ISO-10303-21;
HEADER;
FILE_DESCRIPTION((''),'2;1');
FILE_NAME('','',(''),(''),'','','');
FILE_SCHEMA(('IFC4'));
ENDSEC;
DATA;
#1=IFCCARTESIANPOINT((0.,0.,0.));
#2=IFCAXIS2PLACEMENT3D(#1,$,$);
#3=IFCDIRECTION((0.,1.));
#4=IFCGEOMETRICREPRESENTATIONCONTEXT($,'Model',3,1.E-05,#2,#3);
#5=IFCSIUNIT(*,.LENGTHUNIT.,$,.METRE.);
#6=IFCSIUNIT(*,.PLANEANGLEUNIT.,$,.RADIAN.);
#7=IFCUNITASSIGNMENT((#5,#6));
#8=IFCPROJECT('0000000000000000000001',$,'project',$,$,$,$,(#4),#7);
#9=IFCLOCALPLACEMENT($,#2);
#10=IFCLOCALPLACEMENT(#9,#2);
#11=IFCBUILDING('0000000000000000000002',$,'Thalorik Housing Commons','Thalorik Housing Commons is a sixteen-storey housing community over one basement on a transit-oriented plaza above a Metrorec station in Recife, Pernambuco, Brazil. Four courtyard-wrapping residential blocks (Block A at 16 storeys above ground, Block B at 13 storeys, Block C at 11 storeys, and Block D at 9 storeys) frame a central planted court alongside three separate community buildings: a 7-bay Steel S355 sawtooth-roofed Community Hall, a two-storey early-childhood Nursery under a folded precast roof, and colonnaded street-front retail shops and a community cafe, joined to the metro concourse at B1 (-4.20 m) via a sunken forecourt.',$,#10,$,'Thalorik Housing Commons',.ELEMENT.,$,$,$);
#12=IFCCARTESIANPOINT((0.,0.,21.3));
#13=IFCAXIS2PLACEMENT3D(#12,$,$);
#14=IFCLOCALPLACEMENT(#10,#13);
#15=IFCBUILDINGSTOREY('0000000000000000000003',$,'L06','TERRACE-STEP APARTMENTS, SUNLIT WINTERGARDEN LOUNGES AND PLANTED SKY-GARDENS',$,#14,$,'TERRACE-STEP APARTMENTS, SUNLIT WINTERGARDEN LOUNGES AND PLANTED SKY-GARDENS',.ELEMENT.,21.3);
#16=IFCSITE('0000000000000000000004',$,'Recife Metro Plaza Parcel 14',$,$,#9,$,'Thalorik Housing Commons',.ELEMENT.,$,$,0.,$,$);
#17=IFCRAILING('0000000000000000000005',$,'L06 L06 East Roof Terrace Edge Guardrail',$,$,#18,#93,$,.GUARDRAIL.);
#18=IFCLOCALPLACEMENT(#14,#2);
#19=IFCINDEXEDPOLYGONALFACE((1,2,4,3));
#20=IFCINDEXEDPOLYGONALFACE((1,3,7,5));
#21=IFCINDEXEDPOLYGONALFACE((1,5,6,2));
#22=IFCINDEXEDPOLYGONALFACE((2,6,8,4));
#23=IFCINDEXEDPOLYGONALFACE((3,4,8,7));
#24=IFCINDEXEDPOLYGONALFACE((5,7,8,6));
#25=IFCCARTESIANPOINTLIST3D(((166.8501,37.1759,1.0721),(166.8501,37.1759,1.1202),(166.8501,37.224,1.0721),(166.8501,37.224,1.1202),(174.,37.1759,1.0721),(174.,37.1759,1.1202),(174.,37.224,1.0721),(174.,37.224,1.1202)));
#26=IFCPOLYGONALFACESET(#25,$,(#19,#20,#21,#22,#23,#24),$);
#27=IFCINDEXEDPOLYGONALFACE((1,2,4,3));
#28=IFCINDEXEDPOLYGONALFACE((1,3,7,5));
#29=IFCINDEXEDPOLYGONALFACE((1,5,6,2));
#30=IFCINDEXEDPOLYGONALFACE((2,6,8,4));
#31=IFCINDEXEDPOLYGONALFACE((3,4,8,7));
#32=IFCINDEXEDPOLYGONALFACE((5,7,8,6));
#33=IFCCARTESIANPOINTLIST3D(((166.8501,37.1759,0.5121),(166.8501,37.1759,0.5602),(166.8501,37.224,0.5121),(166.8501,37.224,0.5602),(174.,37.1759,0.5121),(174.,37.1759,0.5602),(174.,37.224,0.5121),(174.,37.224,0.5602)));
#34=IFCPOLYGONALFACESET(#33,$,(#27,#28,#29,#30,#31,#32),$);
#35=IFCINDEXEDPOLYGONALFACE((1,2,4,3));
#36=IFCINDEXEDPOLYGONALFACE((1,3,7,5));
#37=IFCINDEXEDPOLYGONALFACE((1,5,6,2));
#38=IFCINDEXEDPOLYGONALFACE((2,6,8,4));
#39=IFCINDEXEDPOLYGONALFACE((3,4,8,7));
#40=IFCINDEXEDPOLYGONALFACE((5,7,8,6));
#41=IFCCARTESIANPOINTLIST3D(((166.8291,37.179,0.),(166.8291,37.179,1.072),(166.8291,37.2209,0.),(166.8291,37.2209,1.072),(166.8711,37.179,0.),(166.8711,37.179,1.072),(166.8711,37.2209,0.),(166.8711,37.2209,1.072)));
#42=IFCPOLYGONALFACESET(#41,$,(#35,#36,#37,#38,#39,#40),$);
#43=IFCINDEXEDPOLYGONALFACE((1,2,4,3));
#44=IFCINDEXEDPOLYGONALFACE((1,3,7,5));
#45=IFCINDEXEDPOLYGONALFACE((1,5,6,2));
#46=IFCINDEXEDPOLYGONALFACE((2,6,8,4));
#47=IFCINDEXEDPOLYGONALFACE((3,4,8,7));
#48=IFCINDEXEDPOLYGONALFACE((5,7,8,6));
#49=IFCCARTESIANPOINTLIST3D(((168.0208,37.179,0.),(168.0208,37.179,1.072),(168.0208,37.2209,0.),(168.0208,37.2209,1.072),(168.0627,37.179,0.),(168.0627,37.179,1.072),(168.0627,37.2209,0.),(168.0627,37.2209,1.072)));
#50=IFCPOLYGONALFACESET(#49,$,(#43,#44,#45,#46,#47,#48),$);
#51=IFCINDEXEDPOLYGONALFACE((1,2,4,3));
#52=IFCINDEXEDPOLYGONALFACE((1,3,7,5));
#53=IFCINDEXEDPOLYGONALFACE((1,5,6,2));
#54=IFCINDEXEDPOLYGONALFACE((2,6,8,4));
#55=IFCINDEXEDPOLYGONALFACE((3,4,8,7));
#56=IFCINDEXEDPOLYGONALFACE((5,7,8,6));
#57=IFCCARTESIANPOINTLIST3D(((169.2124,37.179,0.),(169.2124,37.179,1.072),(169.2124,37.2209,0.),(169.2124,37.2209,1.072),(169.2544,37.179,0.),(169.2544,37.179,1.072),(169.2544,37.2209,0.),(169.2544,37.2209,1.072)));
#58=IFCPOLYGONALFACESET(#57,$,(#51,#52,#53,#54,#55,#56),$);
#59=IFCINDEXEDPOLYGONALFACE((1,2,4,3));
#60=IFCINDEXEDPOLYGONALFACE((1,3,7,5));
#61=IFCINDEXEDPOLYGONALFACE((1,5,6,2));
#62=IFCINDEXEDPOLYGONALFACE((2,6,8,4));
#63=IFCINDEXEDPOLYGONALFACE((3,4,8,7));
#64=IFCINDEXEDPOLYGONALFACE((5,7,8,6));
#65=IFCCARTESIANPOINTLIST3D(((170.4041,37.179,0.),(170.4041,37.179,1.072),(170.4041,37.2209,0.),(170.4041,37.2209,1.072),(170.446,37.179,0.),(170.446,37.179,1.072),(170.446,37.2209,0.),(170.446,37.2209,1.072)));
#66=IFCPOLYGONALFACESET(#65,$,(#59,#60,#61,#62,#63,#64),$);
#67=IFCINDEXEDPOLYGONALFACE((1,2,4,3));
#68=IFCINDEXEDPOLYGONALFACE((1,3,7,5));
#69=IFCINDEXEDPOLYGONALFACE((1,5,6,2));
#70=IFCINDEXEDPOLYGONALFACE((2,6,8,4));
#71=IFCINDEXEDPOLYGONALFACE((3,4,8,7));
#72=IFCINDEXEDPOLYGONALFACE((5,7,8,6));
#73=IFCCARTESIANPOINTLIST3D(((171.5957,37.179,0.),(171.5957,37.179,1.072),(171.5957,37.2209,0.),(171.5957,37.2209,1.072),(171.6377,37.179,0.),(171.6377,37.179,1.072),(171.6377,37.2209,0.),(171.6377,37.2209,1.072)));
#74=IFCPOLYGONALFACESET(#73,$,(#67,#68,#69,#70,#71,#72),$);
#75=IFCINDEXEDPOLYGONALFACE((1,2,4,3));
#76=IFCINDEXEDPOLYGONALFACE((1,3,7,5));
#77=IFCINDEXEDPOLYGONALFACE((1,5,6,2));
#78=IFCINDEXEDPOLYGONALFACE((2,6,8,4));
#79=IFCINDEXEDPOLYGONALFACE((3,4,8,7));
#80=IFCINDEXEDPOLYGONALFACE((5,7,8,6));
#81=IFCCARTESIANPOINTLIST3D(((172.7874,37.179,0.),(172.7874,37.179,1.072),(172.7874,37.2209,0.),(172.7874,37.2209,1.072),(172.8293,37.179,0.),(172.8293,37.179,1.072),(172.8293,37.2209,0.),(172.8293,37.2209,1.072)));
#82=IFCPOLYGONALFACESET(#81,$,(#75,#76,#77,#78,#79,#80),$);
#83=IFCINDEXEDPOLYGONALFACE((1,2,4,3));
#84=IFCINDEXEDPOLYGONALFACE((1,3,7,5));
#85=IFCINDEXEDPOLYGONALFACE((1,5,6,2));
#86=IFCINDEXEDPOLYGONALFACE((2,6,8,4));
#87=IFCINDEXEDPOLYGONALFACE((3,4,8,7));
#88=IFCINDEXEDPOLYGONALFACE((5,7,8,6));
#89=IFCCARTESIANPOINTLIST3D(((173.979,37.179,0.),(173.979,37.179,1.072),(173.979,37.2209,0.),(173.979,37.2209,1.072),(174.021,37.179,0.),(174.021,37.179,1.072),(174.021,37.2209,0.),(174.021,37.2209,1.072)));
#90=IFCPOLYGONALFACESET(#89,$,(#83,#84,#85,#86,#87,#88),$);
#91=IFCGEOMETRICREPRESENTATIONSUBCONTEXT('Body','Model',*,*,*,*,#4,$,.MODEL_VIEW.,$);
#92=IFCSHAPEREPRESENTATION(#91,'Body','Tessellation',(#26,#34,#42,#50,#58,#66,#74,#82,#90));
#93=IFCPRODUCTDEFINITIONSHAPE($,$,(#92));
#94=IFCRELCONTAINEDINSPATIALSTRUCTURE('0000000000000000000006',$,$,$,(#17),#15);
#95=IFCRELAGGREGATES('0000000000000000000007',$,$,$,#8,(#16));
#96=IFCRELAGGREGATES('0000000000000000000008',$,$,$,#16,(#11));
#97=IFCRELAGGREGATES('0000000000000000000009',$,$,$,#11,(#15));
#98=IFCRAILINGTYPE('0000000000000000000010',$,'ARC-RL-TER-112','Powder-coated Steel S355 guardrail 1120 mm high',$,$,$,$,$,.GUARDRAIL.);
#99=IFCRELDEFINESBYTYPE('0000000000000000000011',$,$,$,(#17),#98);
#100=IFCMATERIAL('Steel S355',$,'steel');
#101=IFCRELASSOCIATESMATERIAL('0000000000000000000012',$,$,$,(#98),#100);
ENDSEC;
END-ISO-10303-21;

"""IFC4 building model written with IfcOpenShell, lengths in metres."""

from ifc_helpers import new_model, si_unit, direction, frame, origin, origin_2d, place, context, subcontext, project, spatial, rectangle, extrude, material, type_object, element, save


model = new_model("IFC4")

# Units and contexts
model_context = context("Model", 3, precision=1e-05, world=origin(), true_north=direction((0.0, 1.0)))
body_context = subcontext(model_context, "Body", "Model", "MODEL_VIEW")
ifc_project = project(units=[si_unit("LENGTHUNIT", "METRE"), si_unit("PLANEANGLEUNIT", "RADIAN")], contexts=[model_context])

# Site, building, storey
site_placement = place(None, origin())
site = spatial("IfcSite", under=ifc_project, at=site_placement, Name="Recife Metro Plaza Parcel 14", LongName="Thalorik Housing Commons", CompositionType="ELEMENT", RefElevation=0.0)
building_placement = place(site_placement, origin())
building = spatial("IfcBuilding", under=site, at=building_placement, Name="Thalorik Housing Commons", Description="Thalorik Housing Commons is a sixteen-storey housing community over one basement on a transit-oriented plaza above a Metrorec station in Recife, Pernambuco, Brazil. Four courtyard-wrapping residential blocks (Block A at 16 storeys above ground, Block B at 13 storeys, Block C at 11 storeys, and Block D at 9 storeys) frame a central planted court alongside three separate community buildings: a 7-bay Steel S355 sawtooth-roofed Community Hall, a two-storey early-childhood Nursery under a folded precast roof, and colonnaded street-front retail shops and a community cafe, joined to the metro concourse at B1 (-4.20 m) via a sunken forecourt.", LongName="Thalorik Housing Commons", CompositionType="ELEMENT")
storey_placement = place(building_placement, frame((0.0, 0.0, 21.3)))
storey = spatial("IfcBuildingStorey", under=building, at=storey_placement, Name="L06", Description="TERRACE-STEP APARTMENTS, SUNLIT WINTERGARDEN LOUNGES AND PLANTED SKY-GARDENS", LongName="TERRACE-STEP APARTMENTS, SUNLIT WINTERGARDEN LOUNGES AND PLANTED SKY-GARDENS", CompositionType="ELEMENT", Elevation=21.3)

# Railing
ifc_material_1 = material(Name="Steel S355", Category="steel")
railing_type_1 = type_object("IfcRailingType", Name="ARC-RL-TER-112", Description="Powder-coated Steel S355 guardrail 1120 mm high", PredefinedType="GUARDRAIL", material=ifc_material_1)
railing_1_placement = place(storey_placement, frame((166.8501, 37.2, 0.0)))
element("IfcRailing", 1, at=railing_1_placement, inside=storey, type_object=railing_type_1, Name="L06 L06 East Roof Terrace Edge Guardrail", PredefinedType="GUARDRAIL", context=body_context, shape_type="SweptSolid", body=[
    extrude(rectangle(XDim=0.0481, YDim=0.0481, at=origin_2d()), frame((0.0, 0.0, 1.0962), z_axis=(1.0, 0.0, 0.0), x_axis=(0.0, 1.0, 0.0)), (0.0, 0.0, 1.0), 7.1499),
    extrude(rectangle(XDim=0.0481, YDim=0.0481, at=origin_2d()), frame((0.0, 0.0, 0.5361), z_axis=(1.0, 0.0, 0.0), x_axis=(0.0, 1.0, 0.0)), (0.0, 0.0, 1.0), 7.1499),
    extrude(rectangle(XDim=0.042, YDim=0.042, at=origin_2d()), origin(), (0.0, 0.0, 1.0), 1.072),
    extrude(rectangle(XDim=0.042, YDim=0.042, at=origin_2d()), frame((1.1917, 0.0, 0.0)), (0.0, 0.0, 1.0), 1.072),
    extrude(rectangle(XDim=0.042, YDim=0.042, at=origin_2d()), frame((2.3833, 0.0, 0.0)), (0.0, 0.0, 1.0), 1.072),
    extrude(rectangle(XDim=0.042, YDim=0.042, at=origin_2d()), frame((3.575, 0.0, 0.0)), (0.0, 0.0, 1.0), 1.072),
    extrude(rectangle(XDim=0.042, YDim=0.042, at=origin_2d()), frame((4.7666, 0.0, 0.0)), (0.0, 0.0, 1.0), 1.072),
    extrude(rectangle(XDim=0.042, YDim=0.042, at=origin_2d()), frame((5.9583, 0.0, 0.0)), (0.0, 0.0, 1.0), 1.072),
    extrude(rectangle(XDim=0.042, YDim=0.042, at=origin_2d()), frame((7.1499, 0.0, 0.0)), (0.0, 0.0, 1.0), 1.072),
])

save(model, "model.ifc")
